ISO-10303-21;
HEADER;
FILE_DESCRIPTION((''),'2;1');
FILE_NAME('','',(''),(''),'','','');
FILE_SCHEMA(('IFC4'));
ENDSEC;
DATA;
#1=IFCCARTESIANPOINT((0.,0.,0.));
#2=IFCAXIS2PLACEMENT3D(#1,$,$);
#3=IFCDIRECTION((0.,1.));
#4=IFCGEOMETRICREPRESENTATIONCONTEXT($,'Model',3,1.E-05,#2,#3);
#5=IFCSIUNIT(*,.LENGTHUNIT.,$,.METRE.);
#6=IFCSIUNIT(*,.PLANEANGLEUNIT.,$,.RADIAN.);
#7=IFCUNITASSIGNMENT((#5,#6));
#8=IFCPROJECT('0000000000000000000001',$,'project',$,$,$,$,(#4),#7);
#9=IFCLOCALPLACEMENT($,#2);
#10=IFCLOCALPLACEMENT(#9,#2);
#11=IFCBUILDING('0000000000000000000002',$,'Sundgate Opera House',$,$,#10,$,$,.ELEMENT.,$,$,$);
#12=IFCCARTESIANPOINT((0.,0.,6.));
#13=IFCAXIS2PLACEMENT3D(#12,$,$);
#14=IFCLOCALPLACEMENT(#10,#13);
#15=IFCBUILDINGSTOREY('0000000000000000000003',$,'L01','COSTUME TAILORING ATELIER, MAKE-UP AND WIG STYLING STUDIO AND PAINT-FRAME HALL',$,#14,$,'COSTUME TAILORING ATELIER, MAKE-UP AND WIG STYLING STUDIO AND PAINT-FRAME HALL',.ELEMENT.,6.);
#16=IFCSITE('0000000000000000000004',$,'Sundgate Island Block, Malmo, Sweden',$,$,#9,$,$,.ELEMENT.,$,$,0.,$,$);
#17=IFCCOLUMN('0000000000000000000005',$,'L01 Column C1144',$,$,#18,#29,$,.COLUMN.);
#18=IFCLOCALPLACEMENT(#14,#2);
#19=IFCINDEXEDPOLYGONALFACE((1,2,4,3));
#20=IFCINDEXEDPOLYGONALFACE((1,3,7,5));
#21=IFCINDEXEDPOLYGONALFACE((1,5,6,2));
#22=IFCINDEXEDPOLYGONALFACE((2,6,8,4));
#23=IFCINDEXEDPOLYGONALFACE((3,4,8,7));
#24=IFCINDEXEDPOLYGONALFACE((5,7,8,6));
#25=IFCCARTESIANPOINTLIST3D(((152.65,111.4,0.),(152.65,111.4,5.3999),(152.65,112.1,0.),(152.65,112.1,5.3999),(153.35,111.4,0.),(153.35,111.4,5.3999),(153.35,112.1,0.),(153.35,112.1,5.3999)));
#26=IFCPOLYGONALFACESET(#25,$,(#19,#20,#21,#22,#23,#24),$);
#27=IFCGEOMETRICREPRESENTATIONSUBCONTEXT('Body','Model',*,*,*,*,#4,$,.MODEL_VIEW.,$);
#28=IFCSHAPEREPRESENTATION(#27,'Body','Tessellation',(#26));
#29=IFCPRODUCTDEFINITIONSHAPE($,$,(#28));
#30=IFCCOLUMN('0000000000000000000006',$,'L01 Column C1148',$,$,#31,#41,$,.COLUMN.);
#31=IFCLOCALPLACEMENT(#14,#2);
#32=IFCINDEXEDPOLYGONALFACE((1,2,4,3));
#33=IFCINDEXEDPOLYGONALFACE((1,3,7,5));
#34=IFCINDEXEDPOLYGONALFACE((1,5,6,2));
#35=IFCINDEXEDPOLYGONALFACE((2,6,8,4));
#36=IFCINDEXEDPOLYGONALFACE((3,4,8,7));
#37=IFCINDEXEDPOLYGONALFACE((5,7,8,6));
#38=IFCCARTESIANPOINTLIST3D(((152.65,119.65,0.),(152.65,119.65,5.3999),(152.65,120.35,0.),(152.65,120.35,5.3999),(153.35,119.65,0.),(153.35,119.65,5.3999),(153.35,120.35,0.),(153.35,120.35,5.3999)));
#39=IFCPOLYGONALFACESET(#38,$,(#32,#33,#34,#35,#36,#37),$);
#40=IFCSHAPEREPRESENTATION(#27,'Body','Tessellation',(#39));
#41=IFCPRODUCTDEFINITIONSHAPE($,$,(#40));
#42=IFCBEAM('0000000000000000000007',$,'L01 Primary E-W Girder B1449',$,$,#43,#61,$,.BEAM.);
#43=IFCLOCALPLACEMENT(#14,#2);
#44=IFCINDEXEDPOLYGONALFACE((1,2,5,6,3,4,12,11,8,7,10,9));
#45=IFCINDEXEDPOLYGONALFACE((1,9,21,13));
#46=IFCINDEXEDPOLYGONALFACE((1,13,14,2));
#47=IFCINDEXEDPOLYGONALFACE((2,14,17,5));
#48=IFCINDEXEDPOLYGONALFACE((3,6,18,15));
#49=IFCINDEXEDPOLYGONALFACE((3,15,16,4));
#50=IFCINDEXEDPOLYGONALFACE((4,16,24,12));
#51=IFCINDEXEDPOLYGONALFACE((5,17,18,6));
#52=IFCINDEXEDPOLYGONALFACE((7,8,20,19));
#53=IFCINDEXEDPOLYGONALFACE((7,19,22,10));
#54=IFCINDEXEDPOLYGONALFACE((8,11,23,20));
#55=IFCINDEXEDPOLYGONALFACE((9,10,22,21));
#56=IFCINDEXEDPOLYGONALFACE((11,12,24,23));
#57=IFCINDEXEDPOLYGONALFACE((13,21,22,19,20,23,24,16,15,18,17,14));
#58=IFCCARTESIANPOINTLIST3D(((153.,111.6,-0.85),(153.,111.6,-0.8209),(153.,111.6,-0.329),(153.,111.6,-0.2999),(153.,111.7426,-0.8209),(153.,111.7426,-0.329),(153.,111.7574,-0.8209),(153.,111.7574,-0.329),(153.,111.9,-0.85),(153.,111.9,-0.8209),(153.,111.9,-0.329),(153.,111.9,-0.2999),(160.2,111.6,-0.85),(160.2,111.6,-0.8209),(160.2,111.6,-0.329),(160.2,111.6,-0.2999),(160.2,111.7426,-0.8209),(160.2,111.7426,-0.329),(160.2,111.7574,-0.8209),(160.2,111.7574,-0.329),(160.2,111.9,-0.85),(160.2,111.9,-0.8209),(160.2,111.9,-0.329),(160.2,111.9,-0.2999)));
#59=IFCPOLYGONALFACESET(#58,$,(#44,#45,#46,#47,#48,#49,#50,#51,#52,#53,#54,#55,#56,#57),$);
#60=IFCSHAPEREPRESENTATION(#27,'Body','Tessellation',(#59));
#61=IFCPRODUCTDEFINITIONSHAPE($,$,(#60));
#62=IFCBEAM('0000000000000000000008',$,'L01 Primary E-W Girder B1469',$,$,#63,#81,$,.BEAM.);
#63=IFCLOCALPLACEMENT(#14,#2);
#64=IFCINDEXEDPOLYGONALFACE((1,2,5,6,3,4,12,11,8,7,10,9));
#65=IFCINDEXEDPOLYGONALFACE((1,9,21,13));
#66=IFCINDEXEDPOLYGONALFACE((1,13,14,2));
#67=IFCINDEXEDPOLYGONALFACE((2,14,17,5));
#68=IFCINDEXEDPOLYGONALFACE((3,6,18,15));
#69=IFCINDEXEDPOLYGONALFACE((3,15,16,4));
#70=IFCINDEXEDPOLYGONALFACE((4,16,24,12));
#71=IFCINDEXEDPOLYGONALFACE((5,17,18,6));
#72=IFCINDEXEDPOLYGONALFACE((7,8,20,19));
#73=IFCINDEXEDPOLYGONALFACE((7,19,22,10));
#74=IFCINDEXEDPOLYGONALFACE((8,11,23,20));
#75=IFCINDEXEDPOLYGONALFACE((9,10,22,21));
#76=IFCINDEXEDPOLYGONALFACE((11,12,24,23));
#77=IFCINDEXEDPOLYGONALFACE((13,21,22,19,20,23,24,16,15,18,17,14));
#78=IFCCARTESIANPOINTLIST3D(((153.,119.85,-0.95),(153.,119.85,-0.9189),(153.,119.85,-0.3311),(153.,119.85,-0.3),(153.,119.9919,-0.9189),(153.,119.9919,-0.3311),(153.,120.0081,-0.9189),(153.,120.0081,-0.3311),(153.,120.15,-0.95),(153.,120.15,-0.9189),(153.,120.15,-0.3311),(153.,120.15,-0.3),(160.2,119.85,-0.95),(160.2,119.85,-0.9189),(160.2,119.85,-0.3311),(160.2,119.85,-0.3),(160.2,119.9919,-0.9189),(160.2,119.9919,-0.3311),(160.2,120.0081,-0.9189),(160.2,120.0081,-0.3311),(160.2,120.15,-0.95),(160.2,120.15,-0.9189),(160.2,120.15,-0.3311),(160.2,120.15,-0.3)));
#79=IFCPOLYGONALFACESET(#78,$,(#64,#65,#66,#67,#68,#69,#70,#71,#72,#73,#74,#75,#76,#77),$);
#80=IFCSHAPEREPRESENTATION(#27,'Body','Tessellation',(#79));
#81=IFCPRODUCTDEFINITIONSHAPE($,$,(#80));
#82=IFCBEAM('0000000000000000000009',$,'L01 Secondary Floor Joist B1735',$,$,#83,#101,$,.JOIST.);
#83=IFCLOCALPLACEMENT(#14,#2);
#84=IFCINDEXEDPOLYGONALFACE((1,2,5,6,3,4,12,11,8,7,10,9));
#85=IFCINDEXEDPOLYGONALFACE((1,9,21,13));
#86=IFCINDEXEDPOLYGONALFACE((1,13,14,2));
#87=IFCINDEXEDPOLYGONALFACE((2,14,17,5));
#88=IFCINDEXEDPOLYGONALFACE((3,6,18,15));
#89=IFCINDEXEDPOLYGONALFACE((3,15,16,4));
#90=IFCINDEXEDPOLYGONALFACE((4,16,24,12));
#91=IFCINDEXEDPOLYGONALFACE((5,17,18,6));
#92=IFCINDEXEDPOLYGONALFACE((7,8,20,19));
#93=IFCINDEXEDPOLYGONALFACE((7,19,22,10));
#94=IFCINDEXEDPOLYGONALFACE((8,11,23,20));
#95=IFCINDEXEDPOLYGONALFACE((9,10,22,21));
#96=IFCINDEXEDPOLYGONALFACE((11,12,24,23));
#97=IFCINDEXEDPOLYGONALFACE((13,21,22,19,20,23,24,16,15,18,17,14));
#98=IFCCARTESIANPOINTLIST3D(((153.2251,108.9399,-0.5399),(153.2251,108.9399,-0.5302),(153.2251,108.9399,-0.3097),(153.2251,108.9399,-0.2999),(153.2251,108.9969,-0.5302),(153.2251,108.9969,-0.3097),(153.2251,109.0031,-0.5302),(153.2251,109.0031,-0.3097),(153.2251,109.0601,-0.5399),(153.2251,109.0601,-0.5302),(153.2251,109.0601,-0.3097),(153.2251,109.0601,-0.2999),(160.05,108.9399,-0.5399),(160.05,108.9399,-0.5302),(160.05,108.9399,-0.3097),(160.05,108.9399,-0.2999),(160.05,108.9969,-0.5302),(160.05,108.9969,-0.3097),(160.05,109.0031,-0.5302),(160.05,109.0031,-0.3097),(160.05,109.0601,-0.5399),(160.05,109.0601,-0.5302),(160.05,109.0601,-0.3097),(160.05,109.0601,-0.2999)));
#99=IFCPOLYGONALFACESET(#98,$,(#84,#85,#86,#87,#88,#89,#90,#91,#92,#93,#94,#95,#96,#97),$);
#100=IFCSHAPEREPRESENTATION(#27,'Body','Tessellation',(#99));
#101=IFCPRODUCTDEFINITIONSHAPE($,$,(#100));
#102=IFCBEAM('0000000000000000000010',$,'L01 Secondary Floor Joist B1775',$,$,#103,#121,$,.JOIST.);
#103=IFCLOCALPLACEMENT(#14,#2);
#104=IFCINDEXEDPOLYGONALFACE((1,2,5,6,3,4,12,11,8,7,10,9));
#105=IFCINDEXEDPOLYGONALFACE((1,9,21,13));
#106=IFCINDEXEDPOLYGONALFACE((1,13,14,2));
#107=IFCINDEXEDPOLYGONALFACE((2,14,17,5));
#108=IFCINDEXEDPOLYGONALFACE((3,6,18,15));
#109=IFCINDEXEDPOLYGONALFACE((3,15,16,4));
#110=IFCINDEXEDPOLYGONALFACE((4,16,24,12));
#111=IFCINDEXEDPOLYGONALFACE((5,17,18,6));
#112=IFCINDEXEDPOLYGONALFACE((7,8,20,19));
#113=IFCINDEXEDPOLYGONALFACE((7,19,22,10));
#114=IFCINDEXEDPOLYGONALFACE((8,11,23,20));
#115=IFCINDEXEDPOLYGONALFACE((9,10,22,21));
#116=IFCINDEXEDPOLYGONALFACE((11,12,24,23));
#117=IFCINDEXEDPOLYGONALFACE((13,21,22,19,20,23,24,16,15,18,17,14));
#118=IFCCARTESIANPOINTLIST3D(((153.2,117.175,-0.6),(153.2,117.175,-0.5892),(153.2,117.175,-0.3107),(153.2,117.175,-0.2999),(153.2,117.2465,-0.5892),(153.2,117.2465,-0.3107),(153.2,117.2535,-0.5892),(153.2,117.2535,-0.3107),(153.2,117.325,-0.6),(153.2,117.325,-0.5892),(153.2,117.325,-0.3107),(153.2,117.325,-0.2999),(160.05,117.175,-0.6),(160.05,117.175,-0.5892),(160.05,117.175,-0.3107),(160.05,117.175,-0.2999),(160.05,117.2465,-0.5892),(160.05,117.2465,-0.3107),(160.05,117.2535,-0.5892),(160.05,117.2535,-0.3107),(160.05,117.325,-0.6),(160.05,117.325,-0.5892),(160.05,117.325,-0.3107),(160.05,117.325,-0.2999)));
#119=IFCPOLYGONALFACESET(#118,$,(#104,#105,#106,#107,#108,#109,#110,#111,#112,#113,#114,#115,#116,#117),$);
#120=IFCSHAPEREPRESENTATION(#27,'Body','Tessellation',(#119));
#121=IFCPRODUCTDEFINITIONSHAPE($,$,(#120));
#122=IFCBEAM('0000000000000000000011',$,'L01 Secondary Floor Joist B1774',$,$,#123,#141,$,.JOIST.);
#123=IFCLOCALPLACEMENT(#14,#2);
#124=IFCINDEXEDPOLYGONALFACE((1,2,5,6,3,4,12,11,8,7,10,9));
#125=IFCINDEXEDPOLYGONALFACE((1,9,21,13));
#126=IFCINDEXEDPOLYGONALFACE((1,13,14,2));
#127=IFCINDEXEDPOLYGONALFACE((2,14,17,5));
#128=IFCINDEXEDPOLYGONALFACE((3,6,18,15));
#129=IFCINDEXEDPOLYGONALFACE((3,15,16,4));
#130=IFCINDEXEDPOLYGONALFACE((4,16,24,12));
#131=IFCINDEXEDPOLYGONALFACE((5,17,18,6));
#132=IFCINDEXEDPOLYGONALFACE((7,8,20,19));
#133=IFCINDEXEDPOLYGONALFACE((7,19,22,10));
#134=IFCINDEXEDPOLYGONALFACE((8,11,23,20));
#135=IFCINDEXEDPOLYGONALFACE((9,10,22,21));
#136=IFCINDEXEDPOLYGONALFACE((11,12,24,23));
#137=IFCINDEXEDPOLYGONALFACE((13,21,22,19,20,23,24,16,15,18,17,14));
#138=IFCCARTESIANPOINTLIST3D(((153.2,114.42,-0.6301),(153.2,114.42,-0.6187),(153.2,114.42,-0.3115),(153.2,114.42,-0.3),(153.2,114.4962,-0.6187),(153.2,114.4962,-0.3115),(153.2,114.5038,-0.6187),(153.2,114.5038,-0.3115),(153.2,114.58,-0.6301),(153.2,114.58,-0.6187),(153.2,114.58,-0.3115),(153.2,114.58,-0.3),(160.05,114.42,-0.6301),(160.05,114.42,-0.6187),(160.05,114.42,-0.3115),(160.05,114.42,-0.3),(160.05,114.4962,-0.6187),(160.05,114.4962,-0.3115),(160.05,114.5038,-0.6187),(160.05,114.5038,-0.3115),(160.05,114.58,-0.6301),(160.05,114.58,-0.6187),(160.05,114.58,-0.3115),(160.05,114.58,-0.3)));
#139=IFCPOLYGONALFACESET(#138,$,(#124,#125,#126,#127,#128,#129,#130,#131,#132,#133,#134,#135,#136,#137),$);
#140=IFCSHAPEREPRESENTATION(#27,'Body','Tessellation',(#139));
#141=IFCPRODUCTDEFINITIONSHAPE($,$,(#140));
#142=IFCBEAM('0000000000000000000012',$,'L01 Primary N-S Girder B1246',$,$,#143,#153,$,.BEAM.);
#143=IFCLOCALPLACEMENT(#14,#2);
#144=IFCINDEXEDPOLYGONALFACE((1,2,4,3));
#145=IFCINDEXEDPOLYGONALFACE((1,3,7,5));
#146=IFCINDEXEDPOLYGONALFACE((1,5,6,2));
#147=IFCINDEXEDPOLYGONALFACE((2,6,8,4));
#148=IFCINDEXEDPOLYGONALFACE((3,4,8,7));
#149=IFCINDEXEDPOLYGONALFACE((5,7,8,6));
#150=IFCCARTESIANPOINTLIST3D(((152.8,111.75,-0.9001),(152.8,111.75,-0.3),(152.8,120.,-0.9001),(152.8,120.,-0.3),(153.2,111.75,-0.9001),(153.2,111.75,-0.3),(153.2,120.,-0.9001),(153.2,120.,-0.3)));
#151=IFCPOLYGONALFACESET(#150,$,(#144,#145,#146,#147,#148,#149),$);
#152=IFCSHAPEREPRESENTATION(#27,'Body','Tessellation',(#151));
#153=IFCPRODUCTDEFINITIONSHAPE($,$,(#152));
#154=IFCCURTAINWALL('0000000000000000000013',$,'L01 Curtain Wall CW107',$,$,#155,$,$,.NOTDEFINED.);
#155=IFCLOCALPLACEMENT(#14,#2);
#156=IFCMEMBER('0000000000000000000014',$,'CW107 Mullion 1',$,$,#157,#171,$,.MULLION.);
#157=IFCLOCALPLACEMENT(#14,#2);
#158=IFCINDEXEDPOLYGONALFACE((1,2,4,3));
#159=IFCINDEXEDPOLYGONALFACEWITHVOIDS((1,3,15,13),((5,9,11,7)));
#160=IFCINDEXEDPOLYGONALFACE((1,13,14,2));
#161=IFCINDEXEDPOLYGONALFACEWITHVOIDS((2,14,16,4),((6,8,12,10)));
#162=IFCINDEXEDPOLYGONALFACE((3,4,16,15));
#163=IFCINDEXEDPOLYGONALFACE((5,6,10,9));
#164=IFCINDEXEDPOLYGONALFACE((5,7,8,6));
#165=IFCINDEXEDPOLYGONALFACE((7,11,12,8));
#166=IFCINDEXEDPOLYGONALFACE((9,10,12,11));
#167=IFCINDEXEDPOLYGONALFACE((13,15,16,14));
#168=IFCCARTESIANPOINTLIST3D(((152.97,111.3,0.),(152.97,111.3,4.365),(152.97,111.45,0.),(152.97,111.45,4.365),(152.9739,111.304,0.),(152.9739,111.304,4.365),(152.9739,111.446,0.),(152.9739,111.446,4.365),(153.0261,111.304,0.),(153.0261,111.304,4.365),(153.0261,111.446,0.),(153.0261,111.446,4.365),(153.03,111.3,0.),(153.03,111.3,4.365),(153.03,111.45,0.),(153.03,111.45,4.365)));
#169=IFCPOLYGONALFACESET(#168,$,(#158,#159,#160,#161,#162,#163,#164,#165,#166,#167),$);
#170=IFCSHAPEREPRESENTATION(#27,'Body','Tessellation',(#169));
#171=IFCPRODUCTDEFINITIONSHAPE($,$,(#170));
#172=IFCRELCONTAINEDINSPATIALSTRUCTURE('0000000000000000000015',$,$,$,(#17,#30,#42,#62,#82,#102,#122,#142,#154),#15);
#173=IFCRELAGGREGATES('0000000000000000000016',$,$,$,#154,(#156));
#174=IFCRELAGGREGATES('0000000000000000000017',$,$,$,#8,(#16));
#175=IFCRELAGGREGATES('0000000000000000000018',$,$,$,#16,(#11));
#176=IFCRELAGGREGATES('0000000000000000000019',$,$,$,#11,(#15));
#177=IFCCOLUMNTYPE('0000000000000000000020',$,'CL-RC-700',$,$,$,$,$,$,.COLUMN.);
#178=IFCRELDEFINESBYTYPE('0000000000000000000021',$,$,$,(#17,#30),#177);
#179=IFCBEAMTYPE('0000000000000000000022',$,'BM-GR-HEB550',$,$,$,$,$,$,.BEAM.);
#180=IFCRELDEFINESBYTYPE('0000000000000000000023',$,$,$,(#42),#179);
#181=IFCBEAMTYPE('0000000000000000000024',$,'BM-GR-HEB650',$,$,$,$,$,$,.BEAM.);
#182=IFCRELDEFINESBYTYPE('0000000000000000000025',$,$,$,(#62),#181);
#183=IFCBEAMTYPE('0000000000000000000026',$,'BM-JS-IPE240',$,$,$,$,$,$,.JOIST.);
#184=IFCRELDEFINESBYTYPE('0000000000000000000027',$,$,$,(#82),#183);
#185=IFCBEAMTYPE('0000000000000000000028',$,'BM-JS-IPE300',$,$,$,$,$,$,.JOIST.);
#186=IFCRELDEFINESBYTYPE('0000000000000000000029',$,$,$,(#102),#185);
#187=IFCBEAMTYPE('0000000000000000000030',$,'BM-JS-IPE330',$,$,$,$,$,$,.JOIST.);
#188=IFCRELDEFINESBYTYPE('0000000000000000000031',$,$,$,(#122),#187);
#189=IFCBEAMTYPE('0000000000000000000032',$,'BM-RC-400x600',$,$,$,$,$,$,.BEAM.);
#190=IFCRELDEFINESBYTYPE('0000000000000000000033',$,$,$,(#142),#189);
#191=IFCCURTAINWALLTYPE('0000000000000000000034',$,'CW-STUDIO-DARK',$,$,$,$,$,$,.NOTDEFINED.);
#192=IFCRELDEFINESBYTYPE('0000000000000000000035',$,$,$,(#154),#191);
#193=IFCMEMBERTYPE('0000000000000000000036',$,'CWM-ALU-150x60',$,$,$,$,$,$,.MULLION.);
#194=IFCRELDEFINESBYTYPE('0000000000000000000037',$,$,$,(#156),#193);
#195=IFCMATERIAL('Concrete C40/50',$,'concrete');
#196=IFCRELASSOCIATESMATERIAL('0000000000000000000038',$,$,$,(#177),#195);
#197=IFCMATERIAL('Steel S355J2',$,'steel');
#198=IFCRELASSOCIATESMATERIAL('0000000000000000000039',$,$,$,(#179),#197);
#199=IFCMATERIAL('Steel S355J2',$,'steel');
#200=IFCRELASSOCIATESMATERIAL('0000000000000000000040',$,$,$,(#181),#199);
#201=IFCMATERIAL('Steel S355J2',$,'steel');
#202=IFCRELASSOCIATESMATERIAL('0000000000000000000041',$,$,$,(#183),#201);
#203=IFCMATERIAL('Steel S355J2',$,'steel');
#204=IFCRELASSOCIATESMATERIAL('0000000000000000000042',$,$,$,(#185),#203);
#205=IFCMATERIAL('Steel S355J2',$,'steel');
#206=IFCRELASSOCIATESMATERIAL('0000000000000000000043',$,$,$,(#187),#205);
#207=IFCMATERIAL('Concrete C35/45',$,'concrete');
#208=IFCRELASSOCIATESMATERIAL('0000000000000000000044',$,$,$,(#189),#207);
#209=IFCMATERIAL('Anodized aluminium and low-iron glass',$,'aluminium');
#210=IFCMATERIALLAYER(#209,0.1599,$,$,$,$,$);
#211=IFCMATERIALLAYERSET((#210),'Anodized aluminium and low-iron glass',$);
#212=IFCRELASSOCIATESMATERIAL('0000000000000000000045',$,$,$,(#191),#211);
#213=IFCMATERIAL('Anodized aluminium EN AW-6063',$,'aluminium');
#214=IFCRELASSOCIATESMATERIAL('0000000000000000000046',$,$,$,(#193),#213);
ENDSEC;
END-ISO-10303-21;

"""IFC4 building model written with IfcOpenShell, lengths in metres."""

from ifc_helpers import new_model, si_unit, direction, frame, origin, origin_2d, place, context, subcontext, project, spatial, rectangle, hollow_rectangle, i_section, extrude, material, layer, layer_set, material_profile, profile_set, type_object, element, aggregate, save


model = new_model("IFC4")

# Units and contexts
model_context = context("Model", 3, precision=1e-05, world=origin(), true_north=direction((0.0, 1.0)))
body_context = subcontext(model_context, "Body", "Model", "MODEL_VIEW")
ifc_project = project(units=[si_unit("LENGTHUNIT", "METRE"), si_unit("PLANEANGLEUNIT", "RADIAN")], contexts=[model_context])

# Site, building, storey
site_placement = place(None, origin())
site = spatial("IfcSite", under=ifc_project, at=site_placement, Name="Sundgate Island Block, Malmo, Sweden", CompositionType="ELEMENT", RefElevation=0.0)
building_placement = place(site_placement, origin())
building = spatial("IfcBuilding", under=site, at=building_placement, Name="Sundgate Opera House", CompositionType="ELEMENT")
storey_placement = place(building_placement, frame((0.0, 0.0, 6.0)))
storey = spatial("IfcBuildingStorey", under=building, at=storey_placement, Name="L01", Description="COSTUME TAILORING ATELIER, MAKE-UP AND WIG STYLING STUDIO AND PAINT-FRAME HALL", LongName="COSTUME TAILORING ATELIER, MAKE-UP AND WIG STYLING STUDIO AND PAINT-FRAME HALL", CompositionType="ELEMENT", Elevation=6.0)

# Columns
ifc_material_1 = material(Name="Concrete C40/50", Category="concrete")
ifc_material_profile_1 = material_profile(ifc_material_1, rectangle(XDim=0.7, YDim=0.7, at=origin_2d()), Name="RC 700x700")
ifc_profile_set_1 = profile_set([ifc_material_profile_1], Name="Concrete C40/50")
column_type = type_object("IfcColumnType", Name="CL-RC-700", PredefinedType="COLUMN", material=ifc_profile_set_1)
for number, where, z_axis, x_axis, name in (
    (1, (153.0, 111.75, 0.0), (0.0, 0.0, 1.0), (1.0, 0.0, 0.0), "L01 Column C1144"),
    (2, (153.0, 120.0, 0.0), (0.0, 0.0, 1.0), (1.0, 0.0, 0.0), "L01 Column C1148"),
):
    element("IfcColumn", number, at=place(storey_placement, frame(where, z_axis=z_axis, x_axis=x_axis)), inside=storey, type_object=column_type, Name=name, PredefinedType="COLUMN", context=body_context, shape_type="SweptSolid", body=[
        extrude(rectangle(XDim=0.7, YDim=0.7, at=origin_2d()), origin(), (0.0, 0.0, 1.0), 5.3999),
    ])

# Beams
ifc_material_2 = material(Name="Steel S355J2", Category="steel")
ifc_material_profile_2 = material_profile(ifc_material_2, i_section(OverallWidth=0.3, OverallDepth=0.55, WebThickness=0.0149, FlangeThickness=0.0291, at=origin_2d()), Name="HEB 550")
ifc_profile_set_2 = profile_set([ifc_material_profile_2], Name="Steel S355J2")
beam_type_1 = type_object("IfcBeamType", Name="BM-GR-HEB550", PredefinedType="BEAM", material=ifc_profile_set_2)
beam_1_placement = place(storey_placement, frame((153.0, 111.75, -0.575), z_axis=(1.0, 0.0, 0.0), x_axis=(0.0, 1.0, 0.0)))
element("IfcBeam", 3, at=beam_1_placement, inside=storey, type_object=beam_type_1, Name="L01 Primary E-W Girder B1449", PredefinedType="BEAM", context=body_context, shape_type="SweptSolid", body=[
    extrude(i_section(OverallWidth=0.3, OverallDepth=0.55, WebThickness=0.0149, FlangeThickness=0.0291, at=origin_2d()), origin(), (0.0, 0.0, 1.0), 7.2),
])
ifc_material_3 = material(Name="Steel S355J2", Category="steel")
ifc_material_profile_3 = material_profile(ifc_material_3, i_section(OverallWidth=0.3, OverallDepth=0.6499, WebThickness=0.0161, FlangeThickness=0.031, at=origin_2d()), Name="HEB 650")
ifc_profile_set_3 = profile_set([ifc_material_profile_3], Name="Steel S355J2")
beam_type_2 = type_object("IfcBeamType", Name="BM-GR-HEB650", PredefinedType="BEAM", material=ifc_profile_set_3)
beam_2_placement = place(storey_placement, frame((153.0, 120.0, -0.625), z_axis=(1.0, 0.0, 0.0), x_axis=(0.0, 1.0, 0.0)))
element("IfcBeam", 4, at=beam_2_placement, inside=storey, type_object=beam_type_2, Name="L01 Primary E-W Girder B1469", PredefinedType="BEAM", context=body_context, shape_type="SweptSolid", body=[
    extrude(i_section(OverallWidth=0.3, OverallDepth=0.6499, WebThickness=0.0161, FlangeThickness=0.031, at=origin_2d()), origin(), (0.0, 0.0, 1.0), 7.2),
])
ifc_material_4 = material(Name="Steel S355J2", Category="steel")
ifc_material_profile_4 = material_profile(ifc_material_4, i_section(OverallWidth=0.1201, OverallDepth=0.24, WebThickness=0.0061, FlangeThickness=0.0098, at=origin_2d()), Name="IPE 240")
ifc_profile_set_4 = profile_set([ifc_material_profile_4], Name="Steel S355J2")
beam_type_3 = type_object("IfcBeamType", Name="BM-JS-IPE240", PredefinedType="JOIST", material=ifc_profile_set_4)
beam_3_placement = place(storey_placement, frame((153.2251, 109.0, -0.4199), z_axis=(1.0, 0.0, 0.0), x_axis=(0.0, 1.0, 0.0)))
element("IfcBeam", 5, at=beam_3_placement, inside=storey, type_object=beam_type_3, Name="L01 Secondary Floor Joist B1735", PredefinedType="JOIST", context=body_context, shape_type="SweptSolid", body=[
    extrude(i_section(OverallWidth=0.1201, OverallDepth=0.24, WebThickness=0.0061, FlangeThickness=0.0098, at=origin_2d()), origin(), (0.0, 0.0, 1.0), 6.825),
])
ifc_material_5 = material(Name="Steel S355J2", Category="steel")
ifc_material_profile_5 = material_profile(ifc_material_5, i_section(OverallWidth=0.1499, OverallDepth=0.3, WebThickness=0.0071, FlangeThickness=0.0107, at=origin_2d()), Name="IPE 300")
ifc_profile_set_5 = profile_set([ifc_material_profile_5], Name="Steel S355J2")
beam_type_4 = type_object("IfcBeamType", Name="BM-JS-IPE300", PredefinedType="JOIST", material=ifc_profile_set_5)
beam_4_placement = place(storey_placement, frame((153.2, 117.25, -0.45), z_axis=(1.0, 0.0, 0.0), x_axis=(0.0, 1.0, 0.0)))
element("IfcBeam", 6, at=beam_4_placement, inside=storey, type_object=beam_type_4, Name="L01 Secondary Floor Joist B1775", PredefinedType="JOIST", context=body_context, shape_type="SweptSolid", body=[
    extrude(i_section(OverallWidth=0.1499, OverallDepth=0.3, WebThickness=0.0071, FlangeThickness=0.0107, at=origin_2d()), origin(), (0.0, 0.0, 1.0), 6.8501),
])
ifc_material_6 = material(Name="Steel S355J2", Category="steel")
ifc_material_profile_6 = material_profile(ifc_material_6, i_section(OverallWidth=0.1599, OverallDepth=0.3301, WebThickness=0.0076, FlangeThickness=0.0115, at=origin_2d()), Name="IPE 330")
ifc_profile_set_6 = profile_set([ifc_material_profile_6], Name="Steel S355J2")
beam_type_5 = type_object("IfcBeamType", Name="BM-JS-IPE330", PredefinedType="JOIST", material=ifc_profile_set_6)
beam_5_placement = place(storey_placement, frame((153.2, 114.5, -0.4651), z_axis=(1.0, 0.0, 0.0), x_axis=(0.0, 1.0, 0.0)))
element("IfcBeam", 7, at=beam_5_placement, inside=storey, type_object=beam_type_5, Name="L01 Secondary Floor Joist B1774", PredefinedType="JOIST", context=body_context, shape_type="SweptSolid", body=[
    extrude(i_section(OverallWidth=0.1599, OverallDepth=0.3301, WebThickness=0.0076, FlangeThickness=0.0115, at=origin_2d()), origin(), (0.0, 0.0, 1.0), 6.8501),
])
ifc_material_7 = material(Name="Concrete C35/45", Category="concrete")
ifc_material_profile_7 = material_profile(ifc_material_7, rectangle(XDim=0.3999, YDim=0.6001, at=origin_2d()), Name="RC 400x600")
ifc_profile_set_7 = profile_set([ifc_material_profile_7], Name="Concrete C35/45")
beam_type_6 = type_object("IfcBeamType", Name="BM-RC-400x600", PredefinedType="BEAM", material=ifc_profile_set_7)
beam_6_placement = place(storey_placement, frame((153.0, 111.75, -0.6001), z_axis=(0.0, 1.0, 0.0), x_axis=(-1.0, 0.0, 0.0)))
element("IfcBeam", 8, at=beam_6_placement, inside=storey, type_object=beam_type_6, Name="L01 Primary N-S Girder B1246", PredefinedType="BEAM", context=body_context, shape_type="SweptSolid", body=[
    extrude(rectangle(XDim=0.3999, YDim=0.6001, at=origin_2d()), origin(), (0.0, 0.0, 1.0), 8.25),
])

# Curtain wall, member
ifc_material_8 = material(Name="Anodized aluminium and low-iron glass", Category="aluminium")
ifc_layer_1 = layer(ifc_material_8, 0.1599)
ifc_layer_set_1 = layer_set([ifc_layer_1], Name="Anodized aluminium and low-iron glass")
curtain_wall_type = type_object("IfcCurtainWallType", Name="CW-STUDIO-DARK", PredefinedType="NOTDEFINED", material=ifc_layer_set_1)
curtain_wall_placement = place(storey_placement, origin())
curtain_wall = element("IfcCurtainWall", 9, at=curtain_wall_placement, inside=storey, type_object=curtain_wall_type, Name="L01 Curtain Wall CW107", PredefinedType="NOTDEFINED")
ifc_material_9 = material(Name="Anodized aluminium EN AW-6063", Category="aluminium")
ifc_material_profile_8 = material_profile(ifc_material_9, hollow_rectangle(XDim=0.0601, YDim=0.1499, WallThickness=0.0039, at=origin_2d()), Name="CWM 150x60x4")
ifc_profile_set_8 = profile_set([ifc_material_profile_8], Name="Anodized aluminium EN AW-6063")
member_type_1 = type_object("IfcMemberType", Name="CWM-ALU-150x60", PredefinedType="MULLION", material=ifc_profile_set_8)
member_1_placement = place(storey_placement, frame((153.0, 111.375, 0.0), z_axis=(0.0, 0.0, 1.0), x_axis=(1.0, 0.0, 0.0)))
member_1 = element("IfcMember", 10, at=member_1_placement, type_object=member_type_1, Name="CW107 Mullion 1", PredefinedType="MULLION", context=body_context, shape_type="SweptSolid", body=[
    extrude(hollow_rectangle(XDim=0.0601, YDim=0.1499, WallThickness=0.0039, at=origin_2d()), origin(), (0.0, 0.0, 1.0), 4.365),
])
aggregate(curtain_wall, [member_1])

save(model, "model.ifc")
